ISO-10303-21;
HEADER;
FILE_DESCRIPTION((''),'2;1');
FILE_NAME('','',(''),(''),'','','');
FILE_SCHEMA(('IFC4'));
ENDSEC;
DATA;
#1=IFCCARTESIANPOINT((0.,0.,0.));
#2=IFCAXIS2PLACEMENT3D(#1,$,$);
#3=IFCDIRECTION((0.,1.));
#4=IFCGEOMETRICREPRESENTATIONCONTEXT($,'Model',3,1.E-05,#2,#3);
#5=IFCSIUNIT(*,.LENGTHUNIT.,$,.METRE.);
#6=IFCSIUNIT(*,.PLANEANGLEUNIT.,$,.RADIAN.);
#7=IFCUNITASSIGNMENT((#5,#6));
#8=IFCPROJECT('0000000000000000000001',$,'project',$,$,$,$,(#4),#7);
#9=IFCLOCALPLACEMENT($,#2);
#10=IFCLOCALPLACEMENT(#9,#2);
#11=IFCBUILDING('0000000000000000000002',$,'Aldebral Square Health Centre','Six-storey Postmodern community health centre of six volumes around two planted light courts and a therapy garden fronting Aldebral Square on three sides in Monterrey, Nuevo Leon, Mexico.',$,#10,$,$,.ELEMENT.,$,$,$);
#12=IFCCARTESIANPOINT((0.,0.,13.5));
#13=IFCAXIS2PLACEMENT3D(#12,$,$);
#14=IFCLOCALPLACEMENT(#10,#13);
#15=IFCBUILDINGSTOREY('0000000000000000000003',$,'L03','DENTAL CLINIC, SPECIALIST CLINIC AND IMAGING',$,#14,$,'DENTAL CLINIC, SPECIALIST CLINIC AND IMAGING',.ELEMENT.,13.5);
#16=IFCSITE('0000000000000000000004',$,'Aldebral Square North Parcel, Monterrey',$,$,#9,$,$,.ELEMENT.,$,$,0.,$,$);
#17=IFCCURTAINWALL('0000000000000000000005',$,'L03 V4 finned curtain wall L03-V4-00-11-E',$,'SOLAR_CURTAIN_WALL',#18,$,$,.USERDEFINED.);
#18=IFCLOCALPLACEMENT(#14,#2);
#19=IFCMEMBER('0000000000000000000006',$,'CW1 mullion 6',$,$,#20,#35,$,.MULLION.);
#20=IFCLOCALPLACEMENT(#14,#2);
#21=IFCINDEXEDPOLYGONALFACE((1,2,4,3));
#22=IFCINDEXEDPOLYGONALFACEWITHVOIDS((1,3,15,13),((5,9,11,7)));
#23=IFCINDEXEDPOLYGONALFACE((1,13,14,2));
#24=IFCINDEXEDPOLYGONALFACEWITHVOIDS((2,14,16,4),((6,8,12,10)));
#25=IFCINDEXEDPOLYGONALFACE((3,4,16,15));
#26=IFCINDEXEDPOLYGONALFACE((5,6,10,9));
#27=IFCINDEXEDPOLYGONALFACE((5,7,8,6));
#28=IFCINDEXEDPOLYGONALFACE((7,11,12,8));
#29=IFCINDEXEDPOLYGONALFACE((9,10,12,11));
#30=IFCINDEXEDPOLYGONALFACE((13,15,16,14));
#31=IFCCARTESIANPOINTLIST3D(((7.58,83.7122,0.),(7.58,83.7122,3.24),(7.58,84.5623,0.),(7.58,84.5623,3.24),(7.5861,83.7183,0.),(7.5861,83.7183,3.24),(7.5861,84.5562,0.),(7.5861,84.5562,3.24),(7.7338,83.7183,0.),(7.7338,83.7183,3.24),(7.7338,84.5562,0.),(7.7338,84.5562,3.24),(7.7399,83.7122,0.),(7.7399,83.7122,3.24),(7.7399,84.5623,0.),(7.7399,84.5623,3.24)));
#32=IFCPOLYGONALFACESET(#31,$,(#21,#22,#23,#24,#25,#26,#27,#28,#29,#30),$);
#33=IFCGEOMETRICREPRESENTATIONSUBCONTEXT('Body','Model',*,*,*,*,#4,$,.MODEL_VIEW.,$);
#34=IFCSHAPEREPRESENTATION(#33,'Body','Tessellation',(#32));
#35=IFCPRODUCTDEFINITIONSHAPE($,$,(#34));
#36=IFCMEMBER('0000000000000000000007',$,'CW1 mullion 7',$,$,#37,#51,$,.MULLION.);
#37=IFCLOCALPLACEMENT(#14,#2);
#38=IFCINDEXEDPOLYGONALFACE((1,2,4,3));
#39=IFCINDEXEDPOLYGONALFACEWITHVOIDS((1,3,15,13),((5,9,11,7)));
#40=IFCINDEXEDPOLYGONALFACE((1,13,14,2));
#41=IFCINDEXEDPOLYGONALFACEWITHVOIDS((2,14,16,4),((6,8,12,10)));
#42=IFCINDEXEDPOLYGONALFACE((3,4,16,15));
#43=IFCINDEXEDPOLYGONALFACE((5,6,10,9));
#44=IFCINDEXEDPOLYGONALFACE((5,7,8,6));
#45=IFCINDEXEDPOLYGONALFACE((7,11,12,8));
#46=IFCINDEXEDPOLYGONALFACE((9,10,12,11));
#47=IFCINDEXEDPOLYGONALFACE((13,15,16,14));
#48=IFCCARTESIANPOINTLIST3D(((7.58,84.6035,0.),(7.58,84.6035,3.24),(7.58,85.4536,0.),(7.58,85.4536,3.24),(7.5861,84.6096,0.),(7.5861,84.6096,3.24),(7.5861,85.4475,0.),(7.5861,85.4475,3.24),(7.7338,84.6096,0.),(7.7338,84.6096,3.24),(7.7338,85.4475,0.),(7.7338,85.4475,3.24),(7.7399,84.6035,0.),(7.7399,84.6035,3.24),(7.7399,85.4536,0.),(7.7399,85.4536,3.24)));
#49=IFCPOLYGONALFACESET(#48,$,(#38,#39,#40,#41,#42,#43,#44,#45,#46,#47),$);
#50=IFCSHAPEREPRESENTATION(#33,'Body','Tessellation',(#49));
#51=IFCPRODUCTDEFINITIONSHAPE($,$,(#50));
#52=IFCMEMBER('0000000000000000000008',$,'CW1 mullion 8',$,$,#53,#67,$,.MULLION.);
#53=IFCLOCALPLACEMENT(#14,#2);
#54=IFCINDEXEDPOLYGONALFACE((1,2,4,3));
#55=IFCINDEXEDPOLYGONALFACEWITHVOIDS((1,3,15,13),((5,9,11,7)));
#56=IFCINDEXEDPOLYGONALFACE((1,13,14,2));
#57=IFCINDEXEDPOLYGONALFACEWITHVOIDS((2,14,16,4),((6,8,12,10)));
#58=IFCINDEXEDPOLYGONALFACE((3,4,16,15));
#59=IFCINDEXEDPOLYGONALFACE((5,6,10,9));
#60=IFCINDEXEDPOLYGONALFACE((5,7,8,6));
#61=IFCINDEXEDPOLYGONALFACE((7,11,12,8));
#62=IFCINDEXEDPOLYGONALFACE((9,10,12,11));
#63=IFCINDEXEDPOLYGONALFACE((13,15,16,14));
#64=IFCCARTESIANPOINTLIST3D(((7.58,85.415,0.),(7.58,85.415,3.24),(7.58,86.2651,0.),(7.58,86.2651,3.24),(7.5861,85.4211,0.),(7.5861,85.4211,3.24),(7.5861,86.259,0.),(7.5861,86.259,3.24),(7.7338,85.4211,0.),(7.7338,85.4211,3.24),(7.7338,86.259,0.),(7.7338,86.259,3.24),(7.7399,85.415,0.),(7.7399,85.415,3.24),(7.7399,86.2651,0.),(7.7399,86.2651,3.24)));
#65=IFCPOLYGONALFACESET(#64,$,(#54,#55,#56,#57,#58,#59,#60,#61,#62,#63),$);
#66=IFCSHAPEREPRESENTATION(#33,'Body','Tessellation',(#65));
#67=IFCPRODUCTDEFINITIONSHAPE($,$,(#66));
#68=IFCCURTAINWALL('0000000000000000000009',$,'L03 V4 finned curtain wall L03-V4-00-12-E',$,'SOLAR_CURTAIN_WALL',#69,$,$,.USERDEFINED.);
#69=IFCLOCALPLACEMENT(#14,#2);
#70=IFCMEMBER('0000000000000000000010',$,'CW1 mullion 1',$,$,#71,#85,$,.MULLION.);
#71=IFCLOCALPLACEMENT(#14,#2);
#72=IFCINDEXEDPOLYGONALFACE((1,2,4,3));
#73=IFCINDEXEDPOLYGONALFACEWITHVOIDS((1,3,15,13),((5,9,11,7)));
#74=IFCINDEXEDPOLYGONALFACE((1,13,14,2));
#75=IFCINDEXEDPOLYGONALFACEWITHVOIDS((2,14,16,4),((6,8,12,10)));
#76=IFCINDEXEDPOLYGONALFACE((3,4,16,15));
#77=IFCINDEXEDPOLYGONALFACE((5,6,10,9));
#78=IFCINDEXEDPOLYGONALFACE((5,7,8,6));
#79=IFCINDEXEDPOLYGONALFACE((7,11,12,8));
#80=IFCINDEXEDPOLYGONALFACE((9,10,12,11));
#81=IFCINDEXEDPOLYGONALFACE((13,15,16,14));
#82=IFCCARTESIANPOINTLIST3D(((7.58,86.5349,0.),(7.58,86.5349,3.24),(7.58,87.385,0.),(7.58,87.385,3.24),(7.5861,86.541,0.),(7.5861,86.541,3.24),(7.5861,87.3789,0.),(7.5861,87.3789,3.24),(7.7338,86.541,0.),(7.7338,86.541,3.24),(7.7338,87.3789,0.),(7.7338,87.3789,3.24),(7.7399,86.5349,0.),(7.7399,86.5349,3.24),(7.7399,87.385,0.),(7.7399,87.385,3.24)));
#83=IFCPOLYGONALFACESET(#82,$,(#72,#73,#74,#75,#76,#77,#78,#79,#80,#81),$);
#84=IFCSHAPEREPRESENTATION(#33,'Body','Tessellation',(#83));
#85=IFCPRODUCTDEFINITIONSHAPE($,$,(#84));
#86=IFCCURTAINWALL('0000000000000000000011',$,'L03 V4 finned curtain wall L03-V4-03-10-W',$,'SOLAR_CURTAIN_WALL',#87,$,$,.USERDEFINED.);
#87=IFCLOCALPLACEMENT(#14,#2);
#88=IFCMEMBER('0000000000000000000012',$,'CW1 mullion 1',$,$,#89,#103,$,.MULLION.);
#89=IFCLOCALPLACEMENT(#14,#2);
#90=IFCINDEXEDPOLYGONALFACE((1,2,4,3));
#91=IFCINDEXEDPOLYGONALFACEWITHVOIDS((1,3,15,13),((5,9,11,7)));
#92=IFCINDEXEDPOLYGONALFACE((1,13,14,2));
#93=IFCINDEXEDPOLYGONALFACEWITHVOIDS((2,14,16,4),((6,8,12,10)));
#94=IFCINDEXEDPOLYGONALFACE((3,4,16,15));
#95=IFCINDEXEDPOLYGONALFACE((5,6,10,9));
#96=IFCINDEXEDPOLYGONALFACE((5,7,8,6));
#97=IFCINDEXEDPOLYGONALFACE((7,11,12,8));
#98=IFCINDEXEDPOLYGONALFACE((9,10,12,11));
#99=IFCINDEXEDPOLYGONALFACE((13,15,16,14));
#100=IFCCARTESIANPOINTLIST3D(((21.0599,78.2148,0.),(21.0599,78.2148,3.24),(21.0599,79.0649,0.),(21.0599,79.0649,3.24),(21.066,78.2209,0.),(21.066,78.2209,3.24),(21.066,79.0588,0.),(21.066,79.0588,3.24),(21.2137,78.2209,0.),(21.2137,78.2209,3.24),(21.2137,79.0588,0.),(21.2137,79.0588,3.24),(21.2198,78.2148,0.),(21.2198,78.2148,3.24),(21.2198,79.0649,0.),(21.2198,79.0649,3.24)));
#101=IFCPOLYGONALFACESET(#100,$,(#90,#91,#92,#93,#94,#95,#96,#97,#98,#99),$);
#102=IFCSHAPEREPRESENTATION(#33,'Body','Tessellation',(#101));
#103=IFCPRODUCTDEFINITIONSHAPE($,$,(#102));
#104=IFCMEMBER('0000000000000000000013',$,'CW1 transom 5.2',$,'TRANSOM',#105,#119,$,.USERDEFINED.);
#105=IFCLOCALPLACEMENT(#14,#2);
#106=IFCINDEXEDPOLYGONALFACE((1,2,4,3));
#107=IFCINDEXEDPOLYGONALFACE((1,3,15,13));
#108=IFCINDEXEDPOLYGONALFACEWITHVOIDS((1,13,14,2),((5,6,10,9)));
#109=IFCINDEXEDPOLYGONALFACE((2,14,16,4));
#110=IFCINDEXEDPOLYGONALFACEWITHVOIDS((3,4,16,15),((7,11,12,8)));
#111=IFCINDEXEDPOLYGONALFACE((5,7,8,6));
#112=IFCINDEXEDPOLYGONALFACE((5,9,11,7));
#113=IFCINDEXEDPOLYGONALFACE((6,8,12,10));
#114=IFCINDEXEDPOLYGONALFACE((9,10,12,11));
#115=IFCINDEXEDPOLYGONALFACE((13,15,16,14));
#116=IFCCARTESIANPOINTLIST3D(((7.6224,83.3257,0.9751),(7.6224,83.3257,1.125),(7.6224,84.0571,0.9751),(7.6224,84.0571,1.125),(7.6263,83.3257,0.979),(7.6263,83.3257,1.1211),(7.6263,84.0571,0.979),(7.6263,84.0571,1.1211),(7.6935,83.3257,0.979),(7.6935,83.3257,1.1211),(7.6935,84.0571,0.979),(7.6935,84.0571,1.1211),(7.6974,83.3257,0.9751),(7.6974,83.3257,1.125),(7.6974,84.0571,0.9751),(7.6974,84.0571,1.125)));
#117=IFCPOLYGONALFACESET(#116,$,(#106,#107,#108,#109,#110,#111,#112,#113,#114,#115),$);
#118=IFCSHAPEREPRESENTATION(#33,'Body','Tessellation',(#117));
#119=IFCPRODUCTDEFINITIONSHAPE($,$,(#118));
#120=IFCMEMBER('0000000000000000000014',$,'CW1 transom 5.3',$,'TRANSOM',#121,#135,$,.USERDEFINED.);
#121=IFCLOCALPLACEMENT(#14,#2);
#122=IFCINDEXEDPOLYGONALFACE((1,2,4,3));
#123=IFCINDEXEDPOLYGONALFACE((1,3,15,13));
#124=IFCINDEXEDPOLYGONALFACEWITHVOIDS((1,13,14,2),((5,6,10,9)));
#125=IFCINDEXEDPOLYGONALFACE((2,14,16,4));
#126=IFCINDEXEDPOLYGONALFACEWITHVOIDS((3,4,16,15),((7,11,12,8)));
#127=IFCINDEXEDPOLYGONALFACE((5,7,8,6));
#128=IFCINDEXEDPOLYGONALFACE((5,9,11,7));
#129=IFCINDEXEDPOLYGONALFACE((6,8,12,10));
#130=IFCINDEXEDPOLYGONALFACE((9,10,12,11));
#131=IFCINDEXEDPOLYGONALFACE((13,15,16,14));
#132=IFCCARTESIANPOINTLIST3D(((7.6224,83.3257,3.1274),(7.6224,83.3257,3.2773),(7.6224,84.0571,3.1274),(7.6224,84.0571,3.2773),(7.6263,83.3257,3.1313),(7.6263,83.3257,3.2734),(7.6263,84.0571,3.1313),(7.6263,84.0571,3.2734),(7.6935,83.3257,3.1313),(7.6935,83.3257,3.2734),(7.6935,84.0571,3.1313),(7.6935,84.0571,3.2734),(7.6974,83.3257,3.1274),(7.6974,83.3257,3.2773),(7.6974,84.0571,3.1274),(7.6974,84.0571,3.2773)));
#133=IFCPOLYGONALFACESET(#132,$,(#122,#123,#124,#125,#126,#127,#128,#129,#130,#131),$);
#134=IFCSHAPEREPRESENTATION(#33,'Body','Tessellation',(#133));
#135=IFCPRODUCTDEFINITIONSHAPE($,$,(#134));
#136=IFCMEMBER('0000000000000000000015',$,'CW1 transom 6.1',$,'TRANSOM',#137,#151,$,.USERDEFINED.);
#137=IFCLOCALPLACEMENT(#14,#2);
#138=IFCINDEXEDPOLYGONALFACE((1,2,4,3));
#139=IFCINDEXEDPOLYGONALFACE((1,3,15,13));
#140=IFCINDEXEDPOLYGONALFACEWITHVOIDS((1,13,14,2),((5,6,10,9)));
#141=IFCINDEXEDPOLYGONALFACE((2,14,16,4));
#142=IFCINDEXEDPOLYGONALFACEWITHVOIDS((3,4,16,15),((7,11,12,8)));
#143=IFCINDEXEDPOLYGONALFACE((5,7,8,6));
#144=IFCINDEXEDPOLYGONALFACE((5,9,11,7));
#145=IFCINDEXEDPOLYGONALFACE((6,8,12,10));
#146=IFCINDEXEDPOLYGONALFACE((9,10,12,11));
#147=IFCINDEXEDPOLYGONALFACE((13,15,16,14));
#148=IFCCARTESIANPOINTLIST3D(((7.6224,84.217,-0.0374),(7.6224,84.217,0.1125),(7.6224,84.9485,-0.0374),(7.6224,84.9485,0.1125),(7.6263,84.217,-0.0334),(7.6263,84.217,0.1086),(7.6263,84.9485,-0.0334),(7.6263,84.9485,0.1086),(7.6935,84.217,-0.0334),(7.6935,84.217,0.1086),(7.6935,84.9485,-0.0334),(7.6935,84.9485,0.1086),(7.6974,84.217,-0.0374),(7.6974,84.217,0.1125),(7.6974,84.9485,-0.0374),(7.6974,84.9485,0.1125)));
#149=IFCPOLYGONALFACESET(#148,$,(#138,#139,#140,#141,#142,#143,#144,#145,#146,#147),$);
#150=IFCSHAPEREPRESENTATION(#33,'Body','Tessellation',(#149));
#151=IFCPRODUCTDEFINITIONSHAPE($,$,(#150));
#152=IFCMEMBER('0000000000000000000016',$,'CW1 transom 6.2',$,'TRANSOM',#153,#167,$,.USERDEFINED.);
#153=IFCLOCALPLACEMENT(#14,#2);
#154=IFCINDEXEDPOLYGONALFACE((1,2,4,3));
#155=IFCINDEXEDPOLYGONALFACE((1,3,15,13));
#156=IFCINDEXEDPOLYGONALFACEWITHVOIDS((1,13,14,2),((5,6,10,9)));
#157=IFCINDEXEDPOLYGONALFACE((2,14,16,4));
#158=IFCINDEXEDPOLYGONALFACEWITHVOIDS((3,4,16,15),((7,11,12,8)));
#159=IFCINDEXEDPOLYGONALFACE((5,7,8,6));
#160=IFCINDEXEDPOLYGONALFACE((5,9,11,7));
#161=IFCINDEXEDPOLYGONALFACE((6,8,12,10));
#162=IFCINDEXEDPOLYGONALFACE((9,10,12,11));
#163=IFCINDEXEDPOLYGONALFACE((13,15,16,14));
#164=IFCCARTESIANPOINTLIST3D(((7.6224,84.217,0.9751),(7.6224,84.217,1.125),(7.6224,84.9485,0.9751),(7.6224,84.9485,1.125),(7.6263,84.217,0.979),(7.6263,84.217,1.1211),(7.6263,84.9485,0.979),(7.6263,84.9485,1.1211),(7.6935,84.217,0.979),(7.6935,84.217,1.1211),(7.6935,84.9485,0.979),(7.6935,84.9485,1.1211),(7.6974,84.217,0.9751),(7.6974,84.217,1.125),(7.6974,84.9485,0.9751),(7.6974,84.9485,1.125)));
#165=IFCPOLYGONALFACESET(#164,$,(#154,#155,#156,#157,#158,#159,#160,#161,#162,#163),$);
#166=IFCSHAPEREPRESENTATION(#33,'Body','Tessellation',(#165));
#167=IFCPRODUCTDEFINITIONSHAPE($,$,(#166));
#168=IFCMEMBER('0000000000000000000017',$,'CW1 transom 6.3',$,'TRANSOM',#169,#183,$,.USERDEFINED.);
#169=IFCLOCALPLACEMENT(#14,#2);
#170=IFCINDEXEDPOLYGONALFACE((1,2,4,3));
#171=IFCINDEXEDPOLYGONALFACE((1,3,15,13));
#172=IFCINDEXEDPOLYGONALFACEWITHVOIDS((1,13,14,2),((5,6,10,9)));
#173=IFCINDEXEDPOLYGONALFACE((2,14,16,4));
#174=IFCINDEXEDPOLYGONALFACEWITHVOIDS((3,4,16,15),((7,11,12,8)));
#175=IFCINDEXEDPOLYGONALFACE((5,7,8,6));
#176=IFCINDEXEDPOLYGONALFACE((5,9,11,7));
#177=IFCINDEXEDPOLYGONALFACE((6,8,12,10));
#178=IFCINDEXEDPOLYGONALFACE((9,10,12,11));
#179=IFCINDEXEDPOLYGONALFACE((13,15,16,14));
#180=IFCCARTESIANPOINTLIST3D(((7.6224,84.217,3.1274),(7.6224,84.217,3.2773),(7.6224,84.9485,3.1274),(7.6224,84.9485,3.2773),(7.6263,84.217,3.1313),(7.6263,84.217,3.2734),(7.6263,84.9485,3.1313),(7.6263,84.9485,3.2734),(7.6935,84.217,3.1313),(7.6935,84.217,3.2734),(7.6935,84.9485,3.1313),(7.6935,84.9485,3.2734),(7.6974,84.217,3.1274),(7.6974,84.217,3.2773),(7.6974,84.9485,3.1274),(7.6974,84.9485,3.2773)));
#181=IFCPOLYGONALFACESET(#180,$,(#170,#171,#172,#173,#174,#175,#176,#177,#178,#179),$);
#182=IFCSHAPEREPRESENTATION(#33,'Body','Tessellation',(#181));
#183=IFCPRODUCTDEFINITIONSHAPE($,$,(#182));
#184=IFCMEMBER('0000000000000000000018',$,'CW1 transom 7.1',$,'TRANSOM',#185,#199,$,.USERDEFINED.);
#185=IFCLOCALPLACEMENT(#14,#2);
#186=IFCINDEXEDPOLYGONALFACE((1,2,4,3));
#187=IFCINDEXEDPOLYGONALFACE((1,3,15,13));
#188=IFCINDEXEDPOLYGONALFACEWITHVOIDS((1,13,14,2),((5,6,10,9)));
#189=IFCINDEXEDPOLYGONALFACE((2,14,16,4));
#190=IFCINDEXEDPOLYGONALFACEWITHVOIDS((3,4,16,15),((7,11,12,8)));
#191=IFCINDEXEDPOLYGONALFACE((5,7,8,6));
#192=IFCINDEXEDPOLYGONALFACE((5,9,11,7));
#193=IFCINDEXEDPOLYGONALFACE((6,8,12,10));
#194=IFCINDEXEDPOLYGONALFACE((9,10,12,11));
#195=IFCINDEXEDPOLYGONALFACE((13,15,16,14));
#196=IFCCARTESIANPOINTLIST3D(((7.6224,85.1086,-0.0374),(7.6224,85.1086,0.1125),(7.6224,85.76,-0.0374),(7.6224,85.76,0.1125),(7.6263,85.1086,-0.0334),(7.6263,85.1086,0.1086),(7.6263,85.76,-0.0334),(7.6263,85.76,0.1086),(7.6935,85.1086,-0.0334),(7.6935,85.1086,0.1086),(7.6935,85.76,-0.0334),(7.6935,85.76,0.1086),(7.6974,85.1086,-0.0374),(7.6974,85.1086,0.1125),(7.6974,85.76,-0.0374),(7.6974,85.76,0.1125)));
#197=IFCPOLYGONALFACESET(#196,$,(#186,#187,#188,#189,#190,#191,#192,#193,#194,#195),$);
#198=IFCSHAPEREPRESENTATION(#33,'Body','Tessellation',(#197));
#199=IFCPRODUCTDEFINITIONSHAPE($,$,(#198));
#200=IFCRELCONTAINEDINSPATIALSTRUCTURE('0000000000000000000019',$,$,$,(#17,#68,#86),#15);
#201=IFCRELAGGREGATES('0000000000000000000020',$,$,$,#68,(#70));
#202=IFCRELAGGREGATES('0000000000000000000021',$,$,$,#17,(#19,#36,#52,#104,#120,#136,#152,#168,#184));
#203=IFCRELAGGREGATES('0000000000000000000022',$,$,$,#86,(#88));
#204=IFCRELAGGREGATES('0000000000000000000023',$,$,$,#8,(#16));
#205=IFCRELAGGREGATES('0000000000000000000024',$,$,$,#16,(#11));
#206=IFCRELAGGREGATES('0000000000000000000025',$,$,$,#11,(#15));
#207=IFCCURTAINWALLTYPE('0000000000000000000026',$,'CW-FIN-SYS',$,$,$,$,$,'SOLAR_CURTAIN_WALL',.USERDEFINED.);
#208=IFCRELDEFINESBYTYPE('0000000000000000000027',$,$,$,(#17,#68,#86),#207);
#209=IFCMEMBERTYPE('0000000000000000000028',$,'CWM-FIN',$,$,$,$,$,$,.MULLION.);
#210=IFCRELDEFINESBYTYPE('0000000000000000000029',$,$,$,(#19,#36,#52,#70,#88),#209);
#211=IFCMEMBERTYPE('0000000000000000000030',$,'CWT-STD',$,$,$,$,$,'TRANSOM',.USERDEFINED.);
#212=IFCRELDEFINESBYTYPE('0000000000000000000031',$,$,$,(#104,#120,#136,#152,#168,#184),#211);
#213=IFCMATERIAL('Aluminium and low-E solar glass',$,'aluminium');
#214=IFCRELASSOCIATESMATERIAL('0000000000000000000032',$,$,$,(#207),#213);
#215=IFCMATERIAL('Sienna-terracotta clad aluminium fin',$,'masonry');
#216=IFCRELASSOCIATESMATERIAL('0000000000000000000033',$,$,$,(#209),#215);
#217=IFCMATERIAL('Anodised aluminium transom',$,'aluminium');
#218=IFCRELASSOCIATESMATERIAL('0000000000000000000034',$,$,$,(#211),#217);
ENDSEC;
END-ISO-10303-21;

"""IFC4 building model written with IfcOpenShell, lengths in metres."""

from ifc_helpers import new_model, si_unit, direction, frame, origin, origin_2d, place, context, subcontext, project, spatial, hollow_rectangle, extrude, material, material_profile, profile_set, type_object, element, aggregate, save


model = new_model("IFC4")

# Units and contexts
model_context = context("Model", 3, precision=1e-05, world=origin(), true_north=direction((0.0, 1.0)))
body_context = subcontext(model_context, "Body", "Model", "MODEL_VIEW")
ifc_project = project(units=[si_unit("LENGTHUNIT", "METRE"), si_unit("PLANEANGLEUNIT", "RADIAN")], contexts=[model_context])

# Site, building, storey
site_placement = place(None, origin())
site = spatial("IfcSite", under=ifc_project, at=site_placement, Name="Aldebral Square North Parcel, Monterrey", CompositionType="ELEMENT", RefElevation=0.0)
building_placement = place(site_placement, origin())
building = spatial("IfcBuilding", under=site, at=building_placement, Name="Aldebral Square Health Centre", Description="Six-storey Postmodern community health centre of six volumes around two planted light courts and a therapy garden fronting Aldebral Square on three sides in Monterrey, Nuevo Leon, Mexico.", CompositionType="ELEMENT")
storey_placement = place(building_placement, frame((0.0, 0.0, 13.5)))
storey = spatial("IfcBuildingStorey", under=building, at=storey_placement, Name="L03", Description="DENTAL CLINIC, SPECIALIST CLINIC AND IMAGING", LongName="DENTAL CLINIC, SPECIALIST CLINIC AND IMAGING", CompositionType="ELEMENT", Elevation=13.5)

# Curtain wall, members
ifc_material_1 = material(Name="Aluminium and low-E solar glass", Category="aluminium")
curtain_wall_type = type_object("IfcCurtainWallType", Name="CW-FIN-SYS", ElementType="SOLAR_CURTAIN_WALL", PredefinedType="USERDEFINED", material=ifc_material_1)
curtain_wall_1_placement = place(storey_placement, origin())
curtain_wall_1 = element("IfcCurtainWall", 1, at=curtain_wall_1_placement, inside=storey, type_object=curtain_wall_type, Name="L03 V4 finned curtain wall L03-V4-00-11-E", ObjectType="SOLAR_CURTAIN_WALL", PredefinedType="USERDEFINED")
ifc_material_2 = material(Name="Sienna-terracotta clad aluminium fin", Category="masonry")
ifc_material_profile_1 = material_profile(ifc_material_2, hollow_rectangle(XDim=0.1599, YDim=0.8501, WallThickness=0.0061, at=origin_2d()), Name="FIN 160x850x6")
ifc_profile_set_1 = profile_set([ifc_material_profile_1], Name="Sienna-terracotta clad aluminium fin")
member_type_1 = type_object("IfcMemberType", Name="CWM-FIN", PredefinedType="MULLION", material=ifc_profile_set_1)
member_1_placement = place(storey_placement, frame((7.6599, 84.1372, 0.0), z_axis=(0.0, 0.0, 1.0), x_axis=(-1.0, 0.0, 0.0)))
member_1 = element("IfcMember", 2, at=member_1_placement, type_object=member_type_1, Name="CW1 mullion 6", PredefinedType="MULLION", context=body_context, shape_type="SweptSolid", body=[
    extrude(hollow_rectangle(XDim=0.1599, YDim=0.8501, WallThickness=0.0061, at=origin_2d()), origin(), (0.0, 0.0, 1.0), 3.24),
])
member_2_placement = place(storey_placement, frame((7.6599, 85.0286, 0.0), z_axis=(0.0, 0.0, 1.0), x_axis=(-1.0, 0.0, 0.0)))
member_2 = element("IfcMember", 3, at=member_2_placement, type_object=member_type_1, Name="CW1 mullion 7", PredefinedType="MULLION", context=body_context, shape_type="SweptSolid", body=[
    extrude(hollow_rectangle(XDim=0.1599, YDim=0.8501, WallThickness=0.0061, at=origin_2d()), origin(), (0.0, 0.0, 1.0), 3.24),
])
member_3_placement = place(storey_placement, frame((7.6599, 85.8401, 0.0), z_axis=(0.0, 0.0, 1.0), x_axis=(-1.0, 0.0, 0.0)))
member_3 = element("IfcMember", 4, at=member_3_placement, type_object=member_type_1, Name="CW1 mullion 8", PredefinedType="MULLION", context=body_context, shape_type="SweptSolid", body=[
    extrude(hollow_rectangle(XDim=0.1599, YDim=0.8501, WallThickness=0.0061, at=origin_2d()), origin(), (0.0, 0.0, 1.0), 3.24),
])

# Curtain walls, members
curtain_wall_2_placement = place(storey_placement, origin())
curtain_wall_2 = element("IfcCurtainWall", 5, at=curtain_wall_2_placement, inside=storey, type_object=curtain_wall_type, Name="L03 V4 finned curtain wall L03-V4-00-12-E", ObjectType="SOLAR_CURTAIN_WALL", PredefinedType="USERDEFINED")
member_4_placement = place(storey_placement, frame((7.6599, 86.96, 0.0), z_axis=(0.0, 0.0, 1.0), x_axis=(-1.0, 0.0, 0.0)))
member_4 = element("IfcMember", 6, at=member_4_placement, type_object=member_type_1, Name="CW1 mullion 1", PredefinedType="MULLION", context=body_context, shape_type="SweptSolid", body=[
    extrude(hollow_rectangle(XDim=0.1599, YDim=0.8501, WallThickness=0.0061, at=origin_2d()), origin(), (0.0, 0.0, 1.0), 3.24),
])
curtain_wall_3_placement = place(storey_placement, origin())
curtain_wall_3 = element("IfcCurtainWall", 7, at=curtain_wall_3_placement, inside=storey, type_object=curtain_wall_type, Name="L03 V4 finned curtain wall L03-V4-03-10-W", ObjectType="SOLAR_CURTAIN_WALL", PredefinedType="USERDEFINED")
member_5_placement = place(storey_placement, frame((21.1399, 78.6399, 0.0), z_axis=(0.0, 0.0, 1.0), x_axis=(1.0, 0.0, 0.0)))
member_5 = element("IfcMember", 8, at=member_5_placement, type_object=member_type_1, Name="CW1 mullion 1", PredefinedType="MULLION", context=body_context, shape_type="SweptSolid", body=[
    extrude(hollow_rectangle(XDim=0.1599, YDim=0.8501, WallThickness=0.0061, at=origin_2d()), origin(), (0.0, 0.0, 1.0), 3.24),
])

# Members
ifc_material_3 = material(Name="Anodised aluminium transom", Category="aluminium")
ifc_material_profile_2 = material_profile(ifc_material_3, hollow_rectangle(XDim=0.075, YDim=0.1499, WallThickness=0.0039, at=origin_2d()), Name="CWT 75x150x4")
ifc_profile_set_2 = profile_set([ifc_material_profile_2], Name="Anodised aluminium transom")
member_type_2 = type_object("IfcMemberType", Name="CWT-STD", ElementType="TRANSOM", PredefinedType="USERDEFINED", material=ifc_profile_set_2)
member_6_placement = place(storey_placement, frame((7.6599, 83.3257, 1.05), z_axis=(0.0, 1.0, 0.0), x_axis=(-1.0, 0.0, 0.0)))
member_6 = element("IfcMember", 9, at=member_6_placement, type_object=member_type_2, Name="CW1 transom 5.2", ObjectType="TRANSOM", PredefinedType="USERDEFINED", context=body_context, shape_type="SweptSolid", body=[
    extrude(hollow_rectangle(XDim=0.075, YDim=0.1499, WallThickness=0.0039, at=origin_2d()), origin(), (0.0, 0.0, 1.0), 0.7314),
])
member_7_placement = place(storey_placement, frame((7.6599, 83.3257, 3.2024), z_axis=(0.0, 1.0, 0.0), x_axis=(-1.0, 0.0, 0.0)))
member_7 = element("IfcMember", 10, at=member_7_placement, type_object=member_type_2, Name="CW1 transom 5.3", ObjectType="TRANSOM", PredefinedType="USERDEFINED", context=body_context, shape_type="SweptSolid", body=[
    extrude(hollow_rectangle(XDim=0.075, YDim=0.1499, WallThickness=0.0039, at=origin_2d()), origin(), (0.0, 0.0, 1.0), 0.7314),
])
member_8_placement = place(storey_placement, frame((7.6599, 84.217, 0.0376), z_axis=(0.0, 1.0, 0.0), x_axis=(-1.0, 0.0, 0.0)))
member_8 = element("IfcMember", 11, at=member_8_placement, type_object=member_type_2, Name="CW1 transom 6.1", ObjectType="TRANSOM", PredefinedType="USERDEFINED", context=body_context, shape_type="SweptSolid", body=[
    extrude(hollow_rectangle(XDim=0.075, YDim=0.1499, WallThickness=0.0039, at=origin_2d()), origin(), (0.0, 0.0, 1.0), 0.7314),
])
member_9_placement = place(storey_placement, frame((7.6599, 84.217, 1.05), z_axis=(0.0, 1.0, 0.0), x_axis=(-1.0, 0.0, 0.0)))
member_9 = element("IfcMember", 12, at=member_9_placement, type_object=member_type_2, Name="CW1 transom 6.2", ObjectType="TRANSOM", PredefinedType="USERDEFINED", context=body_context, shape_type="SweptSolid", body=[
    extrude(hollow_rectangle(XDim=0.075, YDim=0.1499, WallThickness=0.0039, at=origin_2d()), origin(), (0.0, 0.0, 1.0), 0.7314),
])
member_10_placement = place(storey_placement, frame((7.6599, 84.217, 3.2024), z_axis=(0.0, 1.0, 0.0), x_axis=(-1.0, 0.0, 0.0)))
member_10 = element("IfcMember", 13, at=member_10_placement, type_object=member_type_2, Name="CW1 transom 6.3", ObjectType="TRANSOM", PredefinedType="USERDEFINED", context=body_context, shape_type="SweptSolid", body=[
    extrude(hollow_rectangle(XDim=0.075, YDim=0.1499, WallThickness=0.0039, at=origin_2d()), origin(), (0.0, 0.0, 1.0), 0.7314),
])
member_11_placement = place(storey_placement, frame((7.6599, 85.1086, 0.0376), z_axis=(0.0, 1.0, 0.0), x_axis=(-1.0, 0.0, 0.0)))
member_11 = element("IfcMember", 14, at=member_11_placement, type_object=member_type_2, Name="CW1 transom 7.1", ObjectType="TRANSOM", PredefinedType="USERDEFINED", context=body_context, shape_type="SweptSolid", body=[
    extrude(hollow_rectangle(XDim=0.075, YDim=0.1499, WallThickness=0.0039, at=origin_2d()), origin(), (0.0, 0.0, 1.0), 0.6514),
])
aggregate(curtain_wall_2, [member_4])

aggregate(curtain_wall_1, [member_1, member_2, member_3, member_6, member_7, member_8, member_9, member_10, member_11])
aggregate(curtain_wall_3, [member_5])

save(model, "model.ifc")
